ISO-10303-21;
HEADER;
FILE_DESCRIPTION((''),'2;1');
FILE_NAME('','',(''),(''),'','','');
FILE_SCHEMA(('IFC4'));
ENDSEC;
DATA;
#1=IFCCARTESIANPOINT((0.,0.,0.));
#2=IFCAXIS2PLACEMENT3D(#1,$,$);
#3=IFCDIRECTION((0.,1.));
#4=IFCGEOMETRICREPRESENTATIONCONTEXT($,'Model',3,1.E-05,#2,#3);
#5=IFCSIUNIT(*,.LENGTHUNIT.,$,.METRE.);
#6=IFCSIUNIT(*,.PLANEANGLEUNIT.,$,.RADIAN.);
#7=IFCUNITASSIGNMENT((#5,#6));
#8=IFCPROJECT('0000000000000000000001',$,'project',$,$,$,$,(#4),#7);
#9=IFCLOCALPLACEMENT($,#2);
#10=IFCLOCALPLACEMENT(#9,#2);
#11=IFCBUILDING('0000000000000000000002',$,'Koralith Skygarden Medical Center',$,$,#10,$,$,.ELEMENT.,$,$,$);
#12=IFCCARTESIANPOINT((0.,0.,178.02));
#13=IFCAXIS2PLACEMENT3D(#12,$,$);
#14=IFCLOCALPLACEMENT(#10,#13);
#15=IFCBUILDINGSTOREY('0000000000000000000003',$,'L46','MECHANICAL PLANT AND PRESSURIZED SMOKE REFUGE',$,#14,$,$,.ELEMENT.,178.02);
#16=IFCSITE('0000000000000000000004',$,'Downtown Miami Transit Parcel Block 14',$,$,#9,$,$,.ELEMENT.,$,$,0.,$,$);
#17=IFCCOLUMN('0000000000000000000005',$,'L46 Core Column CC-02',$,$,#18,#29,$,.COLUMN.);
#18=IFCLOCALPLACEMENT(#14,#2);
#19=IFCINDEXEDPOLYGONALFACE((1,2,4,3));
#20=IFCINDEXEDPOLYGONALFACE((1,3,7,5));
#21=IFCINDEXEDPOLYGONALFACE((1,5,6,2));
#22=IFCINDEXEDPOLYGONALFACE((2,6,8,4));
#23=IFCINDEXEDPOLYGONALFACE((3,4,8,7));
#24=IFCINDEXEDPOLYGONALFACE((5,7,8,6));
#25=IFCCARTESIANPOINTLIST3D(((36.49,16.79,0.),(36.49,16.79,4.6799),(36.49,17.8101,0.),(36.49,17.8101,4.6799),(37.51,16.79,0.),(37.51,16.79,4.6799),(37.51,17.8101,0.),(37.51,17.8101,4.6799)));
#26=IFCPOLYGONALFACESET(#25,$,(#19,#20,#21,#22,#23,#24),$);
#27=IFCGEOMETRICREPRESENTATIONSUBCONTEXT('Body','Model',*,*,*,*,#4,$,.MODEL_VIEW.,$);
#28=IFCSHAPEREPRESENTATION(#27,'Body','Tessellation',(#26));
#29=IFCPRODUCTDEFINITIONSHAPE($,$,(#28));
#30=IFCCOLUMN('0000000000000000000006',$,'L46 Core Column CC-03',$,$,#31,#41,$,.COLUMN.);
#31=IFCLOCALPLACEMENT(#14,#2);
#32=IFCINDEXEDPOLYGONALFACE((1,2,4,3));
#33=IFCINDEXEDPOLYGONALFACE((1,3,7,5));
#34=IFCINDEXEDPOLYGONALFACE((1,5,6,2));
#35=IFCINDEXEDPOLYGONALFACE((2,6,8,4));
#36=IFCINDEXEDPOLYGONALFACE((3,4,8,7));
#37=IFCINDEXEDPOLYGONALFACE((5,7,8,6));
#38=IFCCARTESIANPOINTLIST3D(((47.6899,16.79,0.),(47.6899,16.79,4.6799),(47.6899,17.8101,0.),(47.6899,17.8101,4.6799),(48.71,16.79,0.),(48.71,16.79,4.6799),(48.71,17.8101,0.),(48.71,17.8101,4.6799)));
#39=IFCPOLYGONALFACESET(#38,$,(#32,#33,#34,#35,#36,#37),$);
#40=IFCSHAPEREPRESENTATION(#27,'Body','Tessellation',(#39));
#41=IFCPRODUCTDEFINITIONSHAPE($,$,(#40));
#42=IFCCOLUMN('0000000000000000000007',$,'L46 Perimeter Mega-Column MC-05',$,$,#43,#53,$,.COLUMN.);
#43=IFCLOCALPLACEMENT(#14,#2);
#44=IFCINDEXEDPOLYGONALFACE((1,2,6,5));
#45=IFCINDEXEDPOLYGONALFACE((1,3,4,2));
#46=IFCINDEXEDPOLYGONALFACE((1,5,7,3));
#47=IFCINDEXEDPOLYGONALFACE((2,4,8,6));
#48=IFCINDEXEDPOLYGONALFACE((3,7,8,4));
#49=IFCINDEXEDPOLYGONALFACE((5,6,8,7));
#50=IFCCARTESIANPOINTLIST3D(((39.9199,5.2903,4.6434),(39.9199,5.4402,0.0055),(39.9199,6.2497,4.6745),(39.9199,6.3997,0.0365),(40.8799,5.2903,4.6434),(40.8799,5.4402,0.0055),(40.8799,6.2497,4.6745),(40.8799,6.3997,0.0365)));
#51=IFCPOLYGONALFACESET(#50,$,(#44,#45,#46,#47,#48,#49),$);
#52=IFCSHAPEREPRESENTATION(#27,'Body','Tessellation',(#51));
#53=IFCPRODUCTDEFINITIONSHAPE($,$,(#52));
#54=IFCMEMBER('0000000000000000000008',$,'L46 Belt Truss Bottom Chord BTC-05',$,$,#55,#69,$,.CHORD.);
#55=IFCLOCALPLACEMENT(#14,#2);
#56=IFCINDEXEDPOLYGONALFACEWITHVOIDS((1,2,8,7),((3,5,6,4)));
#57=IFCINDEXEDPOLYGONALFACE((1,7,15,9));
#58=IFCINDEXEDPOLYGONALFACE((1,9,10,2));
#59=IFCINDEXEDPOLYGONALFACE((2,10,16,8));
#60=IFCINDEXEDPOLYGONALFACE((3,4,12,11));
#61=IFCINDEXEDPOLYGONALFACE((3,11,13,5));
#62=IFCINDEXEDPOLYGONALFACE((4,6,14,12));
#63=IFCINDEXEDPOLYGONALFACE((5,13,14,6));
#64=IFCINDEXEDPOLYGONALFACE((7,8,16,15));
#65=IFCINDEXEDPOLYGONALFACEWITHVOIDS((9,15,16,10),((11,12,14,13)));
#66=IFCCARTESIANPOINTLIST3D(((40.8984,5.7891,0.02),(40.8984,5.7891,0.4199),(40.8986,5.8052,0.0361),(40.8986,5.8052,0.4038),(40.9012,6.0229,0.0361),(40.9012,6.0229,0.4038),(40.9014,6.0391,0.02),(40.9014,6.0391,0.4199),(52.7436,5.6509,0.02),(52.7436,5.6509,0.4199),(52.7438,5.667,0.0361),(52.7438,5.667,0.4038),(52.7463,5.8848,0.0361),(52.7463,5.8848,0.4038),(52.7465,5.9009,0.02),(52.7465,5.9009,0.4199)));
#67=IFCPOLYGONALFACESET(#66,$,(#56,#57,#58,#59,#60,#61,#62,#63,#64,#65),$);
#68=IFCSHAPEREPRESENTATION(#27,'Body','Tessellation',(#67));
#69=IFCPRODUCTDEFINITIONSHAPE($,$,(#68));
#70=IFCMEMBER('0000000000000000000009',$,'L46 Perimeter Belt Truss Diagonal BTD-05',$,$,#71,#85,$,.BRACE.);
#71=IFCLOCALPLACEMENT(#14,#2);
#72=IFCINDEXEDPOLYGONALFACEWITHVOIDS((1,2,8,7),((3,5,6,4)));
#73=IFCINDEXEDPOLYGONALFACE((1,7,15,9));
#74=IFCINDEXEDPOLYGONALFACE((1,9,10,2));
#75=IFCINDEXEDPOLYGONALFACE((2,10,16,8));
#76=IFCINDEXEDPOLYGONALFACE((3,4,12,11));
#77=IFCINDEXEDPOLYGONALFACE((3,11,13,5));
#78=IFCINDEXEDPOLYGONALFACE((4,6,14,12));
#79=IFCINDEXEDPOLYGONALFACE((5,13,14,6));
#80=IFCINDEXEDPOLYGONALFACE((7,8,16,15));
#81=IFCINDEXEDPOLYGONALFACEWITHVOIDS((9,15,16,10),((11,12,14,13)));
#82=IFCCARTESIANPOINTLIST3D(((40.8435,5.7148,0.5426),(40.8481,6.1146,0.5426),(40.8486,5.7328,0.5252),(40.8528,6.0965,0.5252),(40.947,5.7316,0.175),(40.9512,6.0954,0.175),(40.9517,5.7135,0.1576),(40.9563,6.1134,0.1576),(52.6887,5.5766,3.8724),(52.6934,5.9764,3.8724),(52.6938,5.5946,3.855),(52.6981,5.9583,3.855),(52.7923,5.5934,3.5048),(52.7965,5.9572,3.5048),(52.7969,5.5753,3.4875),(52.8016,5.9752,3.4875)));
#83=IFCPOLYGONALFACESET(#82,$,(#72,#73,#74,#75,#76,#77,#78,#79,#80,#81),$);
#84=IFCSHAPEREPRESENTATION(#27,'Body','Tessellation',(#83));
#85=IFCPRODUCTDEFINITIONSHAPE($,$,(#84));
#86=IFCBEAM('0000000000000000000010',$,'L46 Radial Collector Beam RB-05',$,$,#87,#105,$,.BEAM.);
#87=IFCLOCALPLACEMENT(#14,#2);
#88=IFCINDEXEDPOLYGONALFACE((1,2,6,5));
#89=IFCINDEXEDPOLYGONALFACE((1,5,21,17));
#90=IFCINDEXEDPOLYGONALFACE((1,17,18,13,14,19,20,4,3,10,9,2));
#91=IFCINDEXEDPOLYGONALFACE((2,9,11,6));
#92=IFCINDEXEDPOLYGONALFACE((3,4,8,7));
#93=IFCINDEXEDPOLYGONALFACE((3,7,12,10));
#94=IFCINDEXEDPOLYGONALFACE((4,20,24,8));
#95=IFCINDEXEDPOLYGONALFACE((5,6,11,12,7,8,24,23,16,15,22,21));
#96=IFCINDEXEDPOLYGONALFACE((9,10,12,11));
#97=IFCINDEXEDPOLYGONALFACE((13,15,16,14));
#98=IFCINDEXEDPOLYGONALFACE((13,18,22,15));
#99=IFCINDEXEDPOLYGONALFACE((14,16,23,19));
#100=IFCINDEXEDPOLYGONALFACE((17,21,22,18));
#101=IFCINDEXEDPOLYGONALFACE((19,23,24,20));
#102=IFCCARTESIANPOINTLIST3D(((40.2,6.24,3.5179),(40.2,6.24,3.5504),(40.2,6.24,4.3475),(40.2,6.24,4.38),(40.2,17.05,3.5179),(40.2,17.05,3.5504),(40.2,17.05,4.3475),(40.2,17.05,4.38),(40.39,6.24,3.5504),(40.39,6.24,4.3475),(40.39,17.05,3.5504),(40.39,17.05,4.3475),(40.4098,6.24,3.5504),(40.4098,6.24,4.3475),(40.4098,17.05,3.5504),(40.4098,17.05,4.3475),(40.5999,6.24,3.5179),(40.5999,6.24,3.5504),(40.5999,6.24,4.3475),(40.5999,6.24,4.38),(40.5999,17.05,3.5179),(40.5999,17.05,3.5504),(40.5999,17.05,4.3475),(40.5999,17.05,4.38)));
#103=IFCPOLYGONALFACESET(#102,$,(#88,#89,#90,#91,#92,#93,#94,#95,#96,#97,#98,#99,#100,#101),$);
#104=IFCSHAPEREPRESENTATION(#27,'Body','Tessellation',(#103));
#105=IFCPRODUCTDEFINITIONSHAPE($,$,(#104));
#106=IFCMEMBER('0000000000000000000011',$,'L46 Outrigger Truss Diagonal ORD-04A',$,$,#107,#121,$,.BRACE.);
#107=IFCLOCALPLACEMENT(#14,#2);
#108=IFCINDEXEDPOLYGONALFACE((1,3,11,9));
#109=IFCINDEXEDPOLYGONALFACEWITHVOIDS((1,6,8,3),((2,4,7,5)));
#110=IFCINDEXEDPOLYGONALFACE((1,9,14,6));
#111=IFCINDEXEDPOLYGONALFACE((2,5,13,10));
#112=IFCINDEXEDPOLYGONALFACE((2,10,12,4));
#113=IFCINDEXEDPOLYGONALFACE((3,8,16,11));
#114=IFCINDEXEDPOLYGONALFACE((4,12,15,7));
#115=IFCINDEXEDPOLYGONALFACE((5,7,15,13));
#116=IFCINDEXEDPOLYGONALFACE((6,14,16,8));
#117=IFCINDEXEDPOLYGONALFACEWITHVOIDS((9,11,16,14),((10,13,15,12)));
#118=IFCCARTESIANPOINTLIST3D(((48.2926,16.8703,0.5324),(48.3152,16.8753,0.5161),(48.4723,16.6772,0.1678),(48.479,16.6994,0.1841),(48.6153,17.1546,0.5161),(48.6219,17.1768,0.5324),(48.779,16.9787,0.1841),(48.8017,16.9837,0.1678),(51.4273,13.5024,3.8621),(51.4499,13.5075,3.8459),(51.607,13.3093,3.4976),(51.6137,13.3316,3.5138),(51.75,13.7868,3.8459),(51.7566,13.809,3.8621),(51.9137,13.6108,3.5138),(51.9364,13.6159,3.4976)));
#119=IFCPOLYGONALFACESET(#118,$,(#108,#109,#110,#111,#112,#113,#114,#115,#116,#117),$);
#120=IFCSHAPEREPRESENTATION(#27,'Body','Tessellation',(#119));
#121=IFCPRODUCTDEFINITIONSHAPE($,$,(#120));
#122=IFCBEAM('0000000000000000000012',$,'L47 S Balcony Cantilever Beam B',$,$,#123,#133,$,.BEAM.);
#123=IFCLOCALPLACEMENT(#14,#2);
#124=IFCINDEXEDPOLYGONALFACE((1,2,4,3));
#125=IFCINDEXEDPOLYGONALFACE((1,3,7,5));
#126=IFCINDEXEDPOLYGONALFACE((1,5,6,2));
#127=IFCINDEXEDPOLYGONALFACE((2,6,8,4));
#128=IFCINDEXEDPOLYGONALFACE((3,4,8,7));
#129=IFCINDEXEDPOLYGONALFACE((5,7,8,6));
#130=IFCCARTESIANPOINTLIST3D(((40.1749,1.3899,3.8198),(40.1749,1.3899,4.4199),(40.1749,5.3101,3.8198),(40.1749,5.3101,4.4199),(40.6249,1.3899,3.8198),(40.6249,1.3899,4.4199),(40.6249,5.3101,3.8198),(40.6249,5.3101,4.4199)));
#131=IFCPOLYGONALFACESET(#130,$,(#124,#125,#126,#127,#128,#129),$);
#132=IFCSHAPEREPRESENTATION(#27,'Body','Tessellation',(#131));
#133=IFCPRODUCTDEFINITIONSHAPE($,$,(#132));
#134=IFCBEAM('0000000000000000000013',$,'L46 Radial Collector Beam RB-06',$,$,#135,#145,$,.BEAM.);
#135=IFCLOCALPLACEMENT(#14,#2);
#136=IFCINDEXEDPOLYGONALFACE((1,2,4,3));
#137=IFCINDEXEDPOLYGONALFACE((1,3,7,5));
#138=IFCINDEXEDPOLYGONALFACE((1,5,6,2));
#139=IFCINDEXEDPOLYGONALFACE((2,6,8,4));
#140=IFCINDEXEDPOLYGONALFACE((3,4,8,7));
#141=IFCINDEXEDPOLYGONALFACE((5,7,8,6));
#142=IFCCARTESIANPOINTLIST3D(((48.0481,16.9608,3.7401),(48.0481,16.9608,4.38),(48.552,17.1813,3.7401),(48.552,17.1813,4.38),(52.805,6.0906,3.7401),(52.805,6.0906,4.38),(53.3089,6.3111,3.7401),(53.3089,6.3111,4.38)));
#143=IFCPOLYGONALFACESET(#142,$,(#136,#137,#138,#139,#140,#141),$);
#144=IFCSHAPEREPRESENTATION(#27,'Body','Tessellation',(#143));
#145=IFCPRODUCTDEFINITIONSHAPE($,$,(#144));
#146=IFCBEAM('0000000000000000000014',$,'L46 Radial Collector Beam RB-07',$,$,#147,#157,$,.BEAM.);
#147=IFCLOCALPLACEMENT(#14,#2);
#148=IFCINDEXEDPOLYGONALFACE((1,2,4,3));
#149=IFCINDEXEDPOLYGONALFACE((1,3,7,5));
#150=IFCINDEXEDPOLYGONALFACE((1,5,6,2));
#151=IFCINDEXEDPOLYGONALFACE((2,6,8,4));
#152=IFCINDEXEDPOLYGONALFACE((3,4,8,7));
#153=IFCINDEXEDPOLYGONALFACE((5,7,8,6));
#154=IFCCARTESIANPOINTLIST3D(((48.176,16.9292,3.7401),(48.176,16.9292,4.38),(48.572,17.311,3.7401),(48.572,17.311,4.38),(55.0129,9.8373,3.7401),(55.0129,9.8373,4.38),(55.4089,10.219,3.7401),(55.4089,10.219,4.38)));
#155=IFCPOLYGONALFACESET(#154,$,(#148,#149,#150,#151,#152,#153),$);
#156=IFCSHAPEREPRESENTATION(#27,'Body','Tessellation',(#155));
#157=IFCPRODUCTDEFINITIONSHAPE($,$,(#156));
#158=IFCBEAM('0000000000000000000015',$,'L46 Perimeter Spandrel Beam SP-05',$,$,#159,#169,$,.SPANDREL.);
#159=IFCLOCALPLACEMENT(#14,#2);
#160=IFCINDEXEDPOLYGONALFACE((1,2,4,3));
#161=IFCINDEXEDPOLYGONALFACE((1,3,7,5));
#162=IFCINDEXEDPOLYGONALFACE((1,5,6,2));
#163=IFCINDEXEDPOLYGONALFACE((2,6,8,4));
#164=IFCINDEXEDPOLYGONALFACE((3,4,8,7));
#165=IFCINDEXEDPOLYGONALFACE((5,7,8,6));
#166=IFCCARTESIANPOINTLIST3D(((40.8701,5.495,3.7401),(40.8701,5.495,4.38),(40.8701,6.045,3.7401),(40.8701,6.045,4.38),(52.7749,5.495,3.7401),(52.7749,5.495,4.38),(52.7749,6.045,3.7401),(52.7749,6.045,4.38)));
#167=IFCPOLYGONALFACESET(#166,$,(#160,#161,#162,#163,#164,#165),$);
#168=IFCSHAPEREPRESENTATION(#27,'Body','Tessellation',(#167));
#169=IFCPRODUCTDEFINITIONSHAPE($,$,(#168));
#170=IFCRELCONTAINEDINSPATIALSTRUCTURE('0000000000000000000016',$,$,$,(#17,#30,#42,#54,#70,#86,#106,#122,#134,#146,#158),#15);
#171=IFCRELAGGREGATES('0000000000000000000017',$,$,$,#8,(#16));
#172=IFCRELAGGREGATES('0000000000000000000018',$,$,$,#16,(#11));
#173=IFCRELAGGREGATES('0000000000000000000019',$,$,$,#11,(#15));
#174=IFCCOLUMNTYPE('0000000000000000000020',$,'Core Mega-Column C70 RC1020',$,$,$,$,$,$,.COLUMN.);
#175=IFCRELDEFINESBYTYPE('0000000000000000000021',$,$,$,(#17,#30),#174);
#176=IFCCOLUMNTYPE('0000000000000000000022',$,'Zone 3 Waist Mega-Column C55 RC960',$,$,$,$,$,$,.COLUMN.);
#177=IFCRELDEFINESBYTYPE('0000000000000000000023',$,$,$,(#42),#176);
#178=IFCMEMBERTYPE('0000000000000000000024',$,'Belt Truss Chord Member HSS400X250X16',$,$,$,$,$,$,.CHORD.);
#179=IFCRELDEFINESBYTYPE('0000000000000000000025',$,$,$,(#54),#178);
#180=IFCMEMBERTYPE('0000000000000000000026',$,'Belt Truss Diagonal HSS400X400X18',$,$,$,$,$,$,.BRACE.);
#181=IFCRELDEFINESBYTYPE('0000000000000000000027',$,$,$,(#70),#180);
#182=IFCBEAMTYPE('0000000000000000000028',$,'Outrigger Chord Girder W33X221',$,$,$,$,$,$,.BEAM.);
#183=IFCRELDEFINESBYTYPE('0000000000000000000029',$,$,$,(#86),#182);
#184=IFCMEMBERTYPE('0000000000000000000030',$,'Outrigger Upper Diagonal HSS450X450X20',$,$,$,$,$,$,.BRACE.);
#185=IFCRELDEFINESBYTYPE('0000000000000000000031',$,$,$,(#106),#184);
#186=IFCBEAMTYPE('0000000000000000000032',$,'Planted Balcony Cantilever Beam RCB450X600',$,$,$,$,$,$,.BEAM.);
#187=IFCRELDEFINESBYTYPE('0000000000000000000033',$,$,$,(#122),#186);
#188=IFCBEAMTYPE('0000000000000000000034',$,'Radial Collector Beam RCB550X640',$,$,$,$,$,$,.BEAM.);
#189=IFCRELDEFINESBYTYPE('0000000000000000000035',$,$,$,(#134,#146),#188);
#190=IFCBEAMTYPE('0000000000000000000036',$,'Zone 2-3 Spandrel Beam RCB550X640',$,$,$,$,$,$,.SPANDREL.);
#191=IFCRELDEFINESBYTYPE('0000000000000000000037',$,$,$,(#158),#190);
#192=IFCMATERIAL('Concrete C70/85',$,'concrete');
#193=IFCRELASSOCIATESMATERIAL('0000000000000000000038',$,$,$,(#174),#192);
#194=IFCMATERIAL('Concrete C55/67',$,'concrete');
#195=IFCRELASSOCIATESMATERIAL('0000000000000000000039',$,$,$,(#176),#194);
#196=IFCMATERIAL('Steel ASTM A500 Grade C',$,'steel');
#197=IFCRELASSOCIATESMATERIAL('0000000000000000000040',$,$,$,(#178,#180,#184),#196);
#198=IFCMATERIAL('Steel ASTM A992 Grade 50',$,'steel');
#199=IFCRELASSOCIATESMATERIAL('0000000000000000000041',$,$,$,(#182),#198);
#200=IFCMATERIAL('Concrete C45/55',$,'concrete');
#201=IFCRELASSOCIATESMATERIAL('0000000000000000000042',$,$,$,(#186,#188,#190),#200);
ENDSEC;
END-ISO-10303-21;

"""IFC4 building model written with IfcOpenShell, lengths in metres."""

from ifc_helpers import new_model, si_unit, direction, frame, origin, origin_2d, place, context, subcontext, project, spatial, rectangle, hollow_rectangle, i_section, extrude, material, material_profile, profile_set, type_object, element, save


model = new_model("IFC4")

# Units and contexts
model_context = context("Model", 3, precision=1e-05, world=origin(), true_north=direction((0.0, 1.0)))
body_context = subcontext(model_context, "Body", "Model", "MODEL_VIEW")
ifc_project = project(units=[si_unit("LENGTHUNIT", "METRE"), si_unit("PLANEANGLEUNIT", "RADIAN")], contexts=[model_context])

# Site, building, storey
site_placement = place(None, origin())
site = spatial("IfcSite", under=ifc_project, at=site_placement, Name="Downtown Miami Transit Parcel Block 14", CompositionType="ELEMENT", RefElevation=0.0)
building_placement = place(site_placement, origin())
building = spatial("IfcBuilding", under=site, at=building_placement, Name="Koralith Skygarden Medical Center", CompositionType="ELEMENT")
storey_placement = place(building_placement, frame((0.0, 0.0, 178.02)))
storey = spatial("IfcBuildingStorey", under=building, at=storey_placement, Name="L46", Description="MECHANICAL PLANT AND PRESSURIZED SMOKE REFUGE", CompositionType="ELEMENT", Elevation=178.02)

# Columns
ifc_material_1 = material(Name="Concrete C70/85", Category="concrete")
ifc_material_profile_1 = material_profile(ifc_material_1, rectangle(XDim=1.02, YDim=1.02, at=origin_2d()), Name="RC1020X1020")
ifc_profile_set_1 = profile_set([ifc_material_profile_1], Name="Concrete C70/85")
column_type_1 = type_object("IfcColumnType", Name="Core Mega-Column C70 RC1020", PredefinedType="COLUMN", material=ifc_profile_set_1)
for number, where, z_axis, x_axis, name in (
    (1, (37.0, 17.3, 0.0), (0.0, 0.0, 1.0), (1.0, 0.0, 0.0), "L46 Core Column CC-02"),
    (2, (48.2, 17.3, 0.0), (0.0, 0.0, 1.0), (1.0, 0.0, 0.0), "L46 Core Column CC-03"),
):
    element("IfcColumn", number, at=place(storey_placement, frame(where, z_axis=z_axis, x_axis=x_axis)), inside=storey, type_object=column_type_1, Name=name, PredefinedType="COLUMN", context=body_context, shape_type="SweptSolid", body=[
        extrude(rectangle(XDim=1.02, YDim=1.02, at=origin_2d()), origin(), (0.0, 0.0, 1.0), 4.6799),
    ])
ifc_material_2 = material(Name="Concrete C55/67", Category="concrete")
ifc_material_profile_2 = material_profile(ifc_material_2, rectangle(XDim=0.96, YDim=0.96, at=origin_2d()), Name="RC960X960")
ifc_profile_set_2 = profile_set([ifc_material_profile_2], Name="Concrete C55/67")
column_type_2 = type_object("IfcColumnType", Name="Zone 3 Waist Mega-Column C55 RC960", PredefinedType="COLUMN", material=ifc_profile_set_2)
column_placement = place(storey_placement, frame((40.3999, 5.9199, 0.021), z_axis=(0.0, -0.032304, 0.999478), x_axis=(1.0, 0.0, 0.0)))
element("IfcColumn", 3, at=column_placement, inside=storey, type_object=column_type_2, Name="L46 Perimeter Mega-Column MC-05", PredefinedType="COLUMN", context=body_context, shape_type="SweptSolid", body=[
    extrude(rectangle(XDim=0.96, YDim=0.96, at=origin_2d()), origin(), (0.0, 0.0, 1.0), 4.6404),
])

# Members
ifc_material_3 = material(Name="Steel ASTM A500 Grade C", Category="steel")
ifc_material_profile_3 = material_profile(ifc_material_3, hollow_rectangle(XDim=0.25, YDim=0.3999, WallThickness=0.0161, at=origin_2d()), Name="HSS400X250X16")
ifc_profile_set_3 = profile_set([ifc_material_profile_3], Name="Steel ASTM A500 Grade C")
member_type_1 = type_object("IfcMemberType", Name="Belt Truss Chord Member HSS400X250X16", PredefinedType="CHORD", material=ifc_profile_set_3)
member_1_placement = place(storey_placement, frame((40.8999, 5.9141, 0.22), z_axis=(0.999932, -0.011665, 0.0), x_axis=(0.011665, 0.999932, 0.0)))
element("IfcMember", 4, at=member_1_placement, inside=storey, type_object=member_type_1, Name="L46 Belt Truss Bottom Chord BTC-05", PredefinedType="CHORD", context=body_context, shape_type="SweptSolid", body=[
    extrude(hollow_rectangle(XDim=0.25, YDim=0.3999, WallThickness=0.0161, at=origin_2d()), origin(), (0.0, 0.0, 1.0), 11.8459),
])
ifc_material_profile_4 = material_profile(ifc_material_3, hollow_rectangle(XDim=0.3999, YDim=0.3999, WallThickness=0.0181, at=origin_2d()), Name="HSS400X400X18")
ifc_profile_set_4 = profile_set([ifc_material_profile_4], Name="Steel ASTM A500 Grade C")
member_type_2 = type_object("IfcMemberType", Name="Belt Truss Diagonal HSS400X400X18", PredefinedType="BRACE", material=ifc_profile_set_4)
member_2_placement = place(storey_placement, frame((40.8999, 5.9141, 0.3501), z_axis=(0.962625, -0.01123, 0.270606), x_axis=(0.011665, 0.999932, 0.0)))
element("IfcMember", 5, at=member_2_placement, inside=storey, type_object=member_type_2, Name="L46 Perimeter Belt Truss Diagonal BTD-05", PredefinedType="BRACE", context=body_context, shape_type="SweptSolid", body=[
    extrude(hollow_rectangle(XDim=0.3999, YDim=0.3999, WallThickness=0.0181, at=origin_2d()), origin(), (0.0, 0.0, 1.0), 12.3052),
])

# Beam
ifc_material_4 = material(Name="Steel ASTM A992 Grade 50", Category="steel")
ifc_material_profile_5 = material_profile(ifc_material_4, i_section(OverallWidth=0.3999, OverallDepth=0.8621, WebThickness=0.0198, FlangeThickness=0.0325, at=origin_2d()), Name="W33X221")
ifc_profile_set_5 = profile_set([ifc_material_profile_5], Name="Steel ASTM A992 Grade 50")
beam_type_1 = type_object("IfcBeamType", Name="Outrigger Chord Girder W33X221", PredefinedType="BEAM", material=ifc_profile_set_5)
beam_1_placement = place(storey_placement, frame((40.3999, 17.05, 3.949), z_axis=(0.0, -1.0, 0.0), x_axis=(1.0, 0.0, 0.0)))
element("IfcBeam", 6, at=beam_1_placement, inside=storey, type_object=beam_type_1, Name="L46 Radial Collector Beam RB-05", PredefinedType="BEAM", context=body_context, shape_type="SweptSolid", body=[
    extrude(i_section(OverallWidth=0.3999, OverallDepth=0.8621, WebThickness=0.0198, FlangeThickness=0.0325, at=origin_2d()), origin(), (0.0, 0.0, 1.0), 10.8101),
])

# Member
ifc_material_profile_6 = material_profile(ifc_material_3, hollow_rectangle(XDim=0.45, YDim=0.45, WallThickness=0.02, at=origin_2d()), Name="HSS450X450X20")
ifc_profile_set_6 = profile_set([ifc_material_profile_6], Name="Steel ASTM A500 Grade C")
member_type_3 = type_object("IfcMemberType", Name="Outrigger Upper Diagonal HSS450X450X20", PredefinedType="BRACE", material=ifc_profile_set_6)
member_3_placement = place(storey_placement, frame((48.5471, 16.927, 0.3501), z_axis=(0.551938, -0.592989, 0.586283), x_axis=(0.73199, 0.681316, 0.0)))
element("IfcMember", 7, at=member_3_placement, inside=storey, type_object=member_type_3, Name="L46 Outrigger Truss Diagonal ORD-04A", PredefinedType="BRACE", context=body_context, shape_type="SweptSolid", body=[
    extrude(hollow_rectangle(XDim=0.45, YDim=0.45, WallThickness=0.02, at=origin_2d()), origin(), (0.0, 0.0, 1.0), 5.6794),
])

# Beams
ifc_material_5 = material(Name="Concrete C45/55", Category="concrete")
ifc_material_profile_7 = material_profile(ifc_material_5, rectangle(XDim=0.45, YDim=0.6001, at=origin_2d()), Name="RCB450X600")
ifc_profile_set_7 = profile_set([ifc_material_profile_7], Name="Concrete C45/55")
beam_type_2 = type_object("IfcBeamType", Name="Planted Balcony Cantilever Beam RCB450X600", PredefinedType="BEAM", material=ifc_profile_set_7)
beam_2_placement = place(storey_placement, frame((40.3999, 5.3101, 4.1199), z_axis=(0.0, -1.0, 0.0), x_axis=(1.0, 0.0, 0.0)))
element("IfcBeam", 8, at=beam_2_placement, inside=storey, type_object=beam_type_2, Name="L47 S Balcony Cantilever Beam B", PredefinedType="BEAM", context=body_context, shape_type="SweptSolid", body=[
    extrude(rectangle(XDim=0.45, YDim=0.6001, at=origin_2d()), origin(), (0.0, 0.0, 1.0), 3.9202),
])
ifc_material_profile_8 = material_profile(ifc_material_5, rectangle(XDim=0.55, YDim=0.6399, at=origin_2d()), Name="RCB550X640")
ifc_profile_set_8 = profile_set([ifc_material_profile_8], Name="Concrete C45/55")
beam_type_3 = type_object("IfcBeamType", Name="Radial Collector Beam RCB550X640", PredefinedType="BEAM", material=ifc_profile_set_8)
beam_3_placement = place(storey_placement, frame((48.3, 17.071, 4.0601), z_axis=(0.400901, -0.916121, 0.0), x_axis=(0.916121, 0.400901, 0.0)))
element("IfcBeam", 9, at=beam_3_placement, inside=storey, type_object=beam_type_3, Name="L46 Radial Collector Beam RB-06", PredefinedType="BEAM", context=body_context, shape_type="SweptSolid", body=[
    extrude(rectangle(XDim=0.55, YDim=0.6399, at=origin_2d()), origin(), (0.0, 0.0, 1.0), 11.8655),
])
beam_4_placement = place(storey_placement, frame((48.374, 17.1201, 4.0601), z_axis=(0.694039, -0.719938, 0.0), x_axis=(0.719938, 0.694039, 0.0)))
element("IfcBeam", 10, at=beam_4_placement, inside=storey, type_object=beam_type_3, Name="L46 Radial Collector Beam RB-07", PredefinedType="BEAM", context=body_context, shape_type="SweptSolid", body=[
    extrude(rectangle(XDim=0.55, YDim=0.6399, at=origin_2d()), origin(), (0.0, 0.0, 1.0), 9.8508),
])
ifc_material_profile_9 = material_profile(ifc_material_5, rectangle(XDim=0.55, YDim=0.6399, at=origin_2d()), Name="RCB550X640")
ifc_profile_set_9 = profile_set([ifc_material_profile_9], Name="Concrete C45/55")
beam_type_4 = type_object("IfcBeamType", Name="Zone 2-3 Spandrel Beam RCB550X640", PredefinedType="SPANDREL", material=ifc_profile_set_9)
beam_5_placement = place(storey_placement, frame((40.8701, 5.77, 4.0601), z_axis=(1.0, 0.0, 0.0), x_axis=(0.0, 1.0, 0.0)))
element("IfcBeam", 11, at=beam_5_placement, inside=storey, type_object=beam_type_4, Name="L46 Perimeter Spandrel Beam SP-05", PredefinedType="SPANDREL", context=body_context, shape_type="SweptSolid", body=[
    extrude(rectangle(XDim=0.55, YDim=0.6399, at=origin_2d()), origin(), (0.0, 0.0, 1.0), 11.9048),
])

save(model, "model.ifc")
